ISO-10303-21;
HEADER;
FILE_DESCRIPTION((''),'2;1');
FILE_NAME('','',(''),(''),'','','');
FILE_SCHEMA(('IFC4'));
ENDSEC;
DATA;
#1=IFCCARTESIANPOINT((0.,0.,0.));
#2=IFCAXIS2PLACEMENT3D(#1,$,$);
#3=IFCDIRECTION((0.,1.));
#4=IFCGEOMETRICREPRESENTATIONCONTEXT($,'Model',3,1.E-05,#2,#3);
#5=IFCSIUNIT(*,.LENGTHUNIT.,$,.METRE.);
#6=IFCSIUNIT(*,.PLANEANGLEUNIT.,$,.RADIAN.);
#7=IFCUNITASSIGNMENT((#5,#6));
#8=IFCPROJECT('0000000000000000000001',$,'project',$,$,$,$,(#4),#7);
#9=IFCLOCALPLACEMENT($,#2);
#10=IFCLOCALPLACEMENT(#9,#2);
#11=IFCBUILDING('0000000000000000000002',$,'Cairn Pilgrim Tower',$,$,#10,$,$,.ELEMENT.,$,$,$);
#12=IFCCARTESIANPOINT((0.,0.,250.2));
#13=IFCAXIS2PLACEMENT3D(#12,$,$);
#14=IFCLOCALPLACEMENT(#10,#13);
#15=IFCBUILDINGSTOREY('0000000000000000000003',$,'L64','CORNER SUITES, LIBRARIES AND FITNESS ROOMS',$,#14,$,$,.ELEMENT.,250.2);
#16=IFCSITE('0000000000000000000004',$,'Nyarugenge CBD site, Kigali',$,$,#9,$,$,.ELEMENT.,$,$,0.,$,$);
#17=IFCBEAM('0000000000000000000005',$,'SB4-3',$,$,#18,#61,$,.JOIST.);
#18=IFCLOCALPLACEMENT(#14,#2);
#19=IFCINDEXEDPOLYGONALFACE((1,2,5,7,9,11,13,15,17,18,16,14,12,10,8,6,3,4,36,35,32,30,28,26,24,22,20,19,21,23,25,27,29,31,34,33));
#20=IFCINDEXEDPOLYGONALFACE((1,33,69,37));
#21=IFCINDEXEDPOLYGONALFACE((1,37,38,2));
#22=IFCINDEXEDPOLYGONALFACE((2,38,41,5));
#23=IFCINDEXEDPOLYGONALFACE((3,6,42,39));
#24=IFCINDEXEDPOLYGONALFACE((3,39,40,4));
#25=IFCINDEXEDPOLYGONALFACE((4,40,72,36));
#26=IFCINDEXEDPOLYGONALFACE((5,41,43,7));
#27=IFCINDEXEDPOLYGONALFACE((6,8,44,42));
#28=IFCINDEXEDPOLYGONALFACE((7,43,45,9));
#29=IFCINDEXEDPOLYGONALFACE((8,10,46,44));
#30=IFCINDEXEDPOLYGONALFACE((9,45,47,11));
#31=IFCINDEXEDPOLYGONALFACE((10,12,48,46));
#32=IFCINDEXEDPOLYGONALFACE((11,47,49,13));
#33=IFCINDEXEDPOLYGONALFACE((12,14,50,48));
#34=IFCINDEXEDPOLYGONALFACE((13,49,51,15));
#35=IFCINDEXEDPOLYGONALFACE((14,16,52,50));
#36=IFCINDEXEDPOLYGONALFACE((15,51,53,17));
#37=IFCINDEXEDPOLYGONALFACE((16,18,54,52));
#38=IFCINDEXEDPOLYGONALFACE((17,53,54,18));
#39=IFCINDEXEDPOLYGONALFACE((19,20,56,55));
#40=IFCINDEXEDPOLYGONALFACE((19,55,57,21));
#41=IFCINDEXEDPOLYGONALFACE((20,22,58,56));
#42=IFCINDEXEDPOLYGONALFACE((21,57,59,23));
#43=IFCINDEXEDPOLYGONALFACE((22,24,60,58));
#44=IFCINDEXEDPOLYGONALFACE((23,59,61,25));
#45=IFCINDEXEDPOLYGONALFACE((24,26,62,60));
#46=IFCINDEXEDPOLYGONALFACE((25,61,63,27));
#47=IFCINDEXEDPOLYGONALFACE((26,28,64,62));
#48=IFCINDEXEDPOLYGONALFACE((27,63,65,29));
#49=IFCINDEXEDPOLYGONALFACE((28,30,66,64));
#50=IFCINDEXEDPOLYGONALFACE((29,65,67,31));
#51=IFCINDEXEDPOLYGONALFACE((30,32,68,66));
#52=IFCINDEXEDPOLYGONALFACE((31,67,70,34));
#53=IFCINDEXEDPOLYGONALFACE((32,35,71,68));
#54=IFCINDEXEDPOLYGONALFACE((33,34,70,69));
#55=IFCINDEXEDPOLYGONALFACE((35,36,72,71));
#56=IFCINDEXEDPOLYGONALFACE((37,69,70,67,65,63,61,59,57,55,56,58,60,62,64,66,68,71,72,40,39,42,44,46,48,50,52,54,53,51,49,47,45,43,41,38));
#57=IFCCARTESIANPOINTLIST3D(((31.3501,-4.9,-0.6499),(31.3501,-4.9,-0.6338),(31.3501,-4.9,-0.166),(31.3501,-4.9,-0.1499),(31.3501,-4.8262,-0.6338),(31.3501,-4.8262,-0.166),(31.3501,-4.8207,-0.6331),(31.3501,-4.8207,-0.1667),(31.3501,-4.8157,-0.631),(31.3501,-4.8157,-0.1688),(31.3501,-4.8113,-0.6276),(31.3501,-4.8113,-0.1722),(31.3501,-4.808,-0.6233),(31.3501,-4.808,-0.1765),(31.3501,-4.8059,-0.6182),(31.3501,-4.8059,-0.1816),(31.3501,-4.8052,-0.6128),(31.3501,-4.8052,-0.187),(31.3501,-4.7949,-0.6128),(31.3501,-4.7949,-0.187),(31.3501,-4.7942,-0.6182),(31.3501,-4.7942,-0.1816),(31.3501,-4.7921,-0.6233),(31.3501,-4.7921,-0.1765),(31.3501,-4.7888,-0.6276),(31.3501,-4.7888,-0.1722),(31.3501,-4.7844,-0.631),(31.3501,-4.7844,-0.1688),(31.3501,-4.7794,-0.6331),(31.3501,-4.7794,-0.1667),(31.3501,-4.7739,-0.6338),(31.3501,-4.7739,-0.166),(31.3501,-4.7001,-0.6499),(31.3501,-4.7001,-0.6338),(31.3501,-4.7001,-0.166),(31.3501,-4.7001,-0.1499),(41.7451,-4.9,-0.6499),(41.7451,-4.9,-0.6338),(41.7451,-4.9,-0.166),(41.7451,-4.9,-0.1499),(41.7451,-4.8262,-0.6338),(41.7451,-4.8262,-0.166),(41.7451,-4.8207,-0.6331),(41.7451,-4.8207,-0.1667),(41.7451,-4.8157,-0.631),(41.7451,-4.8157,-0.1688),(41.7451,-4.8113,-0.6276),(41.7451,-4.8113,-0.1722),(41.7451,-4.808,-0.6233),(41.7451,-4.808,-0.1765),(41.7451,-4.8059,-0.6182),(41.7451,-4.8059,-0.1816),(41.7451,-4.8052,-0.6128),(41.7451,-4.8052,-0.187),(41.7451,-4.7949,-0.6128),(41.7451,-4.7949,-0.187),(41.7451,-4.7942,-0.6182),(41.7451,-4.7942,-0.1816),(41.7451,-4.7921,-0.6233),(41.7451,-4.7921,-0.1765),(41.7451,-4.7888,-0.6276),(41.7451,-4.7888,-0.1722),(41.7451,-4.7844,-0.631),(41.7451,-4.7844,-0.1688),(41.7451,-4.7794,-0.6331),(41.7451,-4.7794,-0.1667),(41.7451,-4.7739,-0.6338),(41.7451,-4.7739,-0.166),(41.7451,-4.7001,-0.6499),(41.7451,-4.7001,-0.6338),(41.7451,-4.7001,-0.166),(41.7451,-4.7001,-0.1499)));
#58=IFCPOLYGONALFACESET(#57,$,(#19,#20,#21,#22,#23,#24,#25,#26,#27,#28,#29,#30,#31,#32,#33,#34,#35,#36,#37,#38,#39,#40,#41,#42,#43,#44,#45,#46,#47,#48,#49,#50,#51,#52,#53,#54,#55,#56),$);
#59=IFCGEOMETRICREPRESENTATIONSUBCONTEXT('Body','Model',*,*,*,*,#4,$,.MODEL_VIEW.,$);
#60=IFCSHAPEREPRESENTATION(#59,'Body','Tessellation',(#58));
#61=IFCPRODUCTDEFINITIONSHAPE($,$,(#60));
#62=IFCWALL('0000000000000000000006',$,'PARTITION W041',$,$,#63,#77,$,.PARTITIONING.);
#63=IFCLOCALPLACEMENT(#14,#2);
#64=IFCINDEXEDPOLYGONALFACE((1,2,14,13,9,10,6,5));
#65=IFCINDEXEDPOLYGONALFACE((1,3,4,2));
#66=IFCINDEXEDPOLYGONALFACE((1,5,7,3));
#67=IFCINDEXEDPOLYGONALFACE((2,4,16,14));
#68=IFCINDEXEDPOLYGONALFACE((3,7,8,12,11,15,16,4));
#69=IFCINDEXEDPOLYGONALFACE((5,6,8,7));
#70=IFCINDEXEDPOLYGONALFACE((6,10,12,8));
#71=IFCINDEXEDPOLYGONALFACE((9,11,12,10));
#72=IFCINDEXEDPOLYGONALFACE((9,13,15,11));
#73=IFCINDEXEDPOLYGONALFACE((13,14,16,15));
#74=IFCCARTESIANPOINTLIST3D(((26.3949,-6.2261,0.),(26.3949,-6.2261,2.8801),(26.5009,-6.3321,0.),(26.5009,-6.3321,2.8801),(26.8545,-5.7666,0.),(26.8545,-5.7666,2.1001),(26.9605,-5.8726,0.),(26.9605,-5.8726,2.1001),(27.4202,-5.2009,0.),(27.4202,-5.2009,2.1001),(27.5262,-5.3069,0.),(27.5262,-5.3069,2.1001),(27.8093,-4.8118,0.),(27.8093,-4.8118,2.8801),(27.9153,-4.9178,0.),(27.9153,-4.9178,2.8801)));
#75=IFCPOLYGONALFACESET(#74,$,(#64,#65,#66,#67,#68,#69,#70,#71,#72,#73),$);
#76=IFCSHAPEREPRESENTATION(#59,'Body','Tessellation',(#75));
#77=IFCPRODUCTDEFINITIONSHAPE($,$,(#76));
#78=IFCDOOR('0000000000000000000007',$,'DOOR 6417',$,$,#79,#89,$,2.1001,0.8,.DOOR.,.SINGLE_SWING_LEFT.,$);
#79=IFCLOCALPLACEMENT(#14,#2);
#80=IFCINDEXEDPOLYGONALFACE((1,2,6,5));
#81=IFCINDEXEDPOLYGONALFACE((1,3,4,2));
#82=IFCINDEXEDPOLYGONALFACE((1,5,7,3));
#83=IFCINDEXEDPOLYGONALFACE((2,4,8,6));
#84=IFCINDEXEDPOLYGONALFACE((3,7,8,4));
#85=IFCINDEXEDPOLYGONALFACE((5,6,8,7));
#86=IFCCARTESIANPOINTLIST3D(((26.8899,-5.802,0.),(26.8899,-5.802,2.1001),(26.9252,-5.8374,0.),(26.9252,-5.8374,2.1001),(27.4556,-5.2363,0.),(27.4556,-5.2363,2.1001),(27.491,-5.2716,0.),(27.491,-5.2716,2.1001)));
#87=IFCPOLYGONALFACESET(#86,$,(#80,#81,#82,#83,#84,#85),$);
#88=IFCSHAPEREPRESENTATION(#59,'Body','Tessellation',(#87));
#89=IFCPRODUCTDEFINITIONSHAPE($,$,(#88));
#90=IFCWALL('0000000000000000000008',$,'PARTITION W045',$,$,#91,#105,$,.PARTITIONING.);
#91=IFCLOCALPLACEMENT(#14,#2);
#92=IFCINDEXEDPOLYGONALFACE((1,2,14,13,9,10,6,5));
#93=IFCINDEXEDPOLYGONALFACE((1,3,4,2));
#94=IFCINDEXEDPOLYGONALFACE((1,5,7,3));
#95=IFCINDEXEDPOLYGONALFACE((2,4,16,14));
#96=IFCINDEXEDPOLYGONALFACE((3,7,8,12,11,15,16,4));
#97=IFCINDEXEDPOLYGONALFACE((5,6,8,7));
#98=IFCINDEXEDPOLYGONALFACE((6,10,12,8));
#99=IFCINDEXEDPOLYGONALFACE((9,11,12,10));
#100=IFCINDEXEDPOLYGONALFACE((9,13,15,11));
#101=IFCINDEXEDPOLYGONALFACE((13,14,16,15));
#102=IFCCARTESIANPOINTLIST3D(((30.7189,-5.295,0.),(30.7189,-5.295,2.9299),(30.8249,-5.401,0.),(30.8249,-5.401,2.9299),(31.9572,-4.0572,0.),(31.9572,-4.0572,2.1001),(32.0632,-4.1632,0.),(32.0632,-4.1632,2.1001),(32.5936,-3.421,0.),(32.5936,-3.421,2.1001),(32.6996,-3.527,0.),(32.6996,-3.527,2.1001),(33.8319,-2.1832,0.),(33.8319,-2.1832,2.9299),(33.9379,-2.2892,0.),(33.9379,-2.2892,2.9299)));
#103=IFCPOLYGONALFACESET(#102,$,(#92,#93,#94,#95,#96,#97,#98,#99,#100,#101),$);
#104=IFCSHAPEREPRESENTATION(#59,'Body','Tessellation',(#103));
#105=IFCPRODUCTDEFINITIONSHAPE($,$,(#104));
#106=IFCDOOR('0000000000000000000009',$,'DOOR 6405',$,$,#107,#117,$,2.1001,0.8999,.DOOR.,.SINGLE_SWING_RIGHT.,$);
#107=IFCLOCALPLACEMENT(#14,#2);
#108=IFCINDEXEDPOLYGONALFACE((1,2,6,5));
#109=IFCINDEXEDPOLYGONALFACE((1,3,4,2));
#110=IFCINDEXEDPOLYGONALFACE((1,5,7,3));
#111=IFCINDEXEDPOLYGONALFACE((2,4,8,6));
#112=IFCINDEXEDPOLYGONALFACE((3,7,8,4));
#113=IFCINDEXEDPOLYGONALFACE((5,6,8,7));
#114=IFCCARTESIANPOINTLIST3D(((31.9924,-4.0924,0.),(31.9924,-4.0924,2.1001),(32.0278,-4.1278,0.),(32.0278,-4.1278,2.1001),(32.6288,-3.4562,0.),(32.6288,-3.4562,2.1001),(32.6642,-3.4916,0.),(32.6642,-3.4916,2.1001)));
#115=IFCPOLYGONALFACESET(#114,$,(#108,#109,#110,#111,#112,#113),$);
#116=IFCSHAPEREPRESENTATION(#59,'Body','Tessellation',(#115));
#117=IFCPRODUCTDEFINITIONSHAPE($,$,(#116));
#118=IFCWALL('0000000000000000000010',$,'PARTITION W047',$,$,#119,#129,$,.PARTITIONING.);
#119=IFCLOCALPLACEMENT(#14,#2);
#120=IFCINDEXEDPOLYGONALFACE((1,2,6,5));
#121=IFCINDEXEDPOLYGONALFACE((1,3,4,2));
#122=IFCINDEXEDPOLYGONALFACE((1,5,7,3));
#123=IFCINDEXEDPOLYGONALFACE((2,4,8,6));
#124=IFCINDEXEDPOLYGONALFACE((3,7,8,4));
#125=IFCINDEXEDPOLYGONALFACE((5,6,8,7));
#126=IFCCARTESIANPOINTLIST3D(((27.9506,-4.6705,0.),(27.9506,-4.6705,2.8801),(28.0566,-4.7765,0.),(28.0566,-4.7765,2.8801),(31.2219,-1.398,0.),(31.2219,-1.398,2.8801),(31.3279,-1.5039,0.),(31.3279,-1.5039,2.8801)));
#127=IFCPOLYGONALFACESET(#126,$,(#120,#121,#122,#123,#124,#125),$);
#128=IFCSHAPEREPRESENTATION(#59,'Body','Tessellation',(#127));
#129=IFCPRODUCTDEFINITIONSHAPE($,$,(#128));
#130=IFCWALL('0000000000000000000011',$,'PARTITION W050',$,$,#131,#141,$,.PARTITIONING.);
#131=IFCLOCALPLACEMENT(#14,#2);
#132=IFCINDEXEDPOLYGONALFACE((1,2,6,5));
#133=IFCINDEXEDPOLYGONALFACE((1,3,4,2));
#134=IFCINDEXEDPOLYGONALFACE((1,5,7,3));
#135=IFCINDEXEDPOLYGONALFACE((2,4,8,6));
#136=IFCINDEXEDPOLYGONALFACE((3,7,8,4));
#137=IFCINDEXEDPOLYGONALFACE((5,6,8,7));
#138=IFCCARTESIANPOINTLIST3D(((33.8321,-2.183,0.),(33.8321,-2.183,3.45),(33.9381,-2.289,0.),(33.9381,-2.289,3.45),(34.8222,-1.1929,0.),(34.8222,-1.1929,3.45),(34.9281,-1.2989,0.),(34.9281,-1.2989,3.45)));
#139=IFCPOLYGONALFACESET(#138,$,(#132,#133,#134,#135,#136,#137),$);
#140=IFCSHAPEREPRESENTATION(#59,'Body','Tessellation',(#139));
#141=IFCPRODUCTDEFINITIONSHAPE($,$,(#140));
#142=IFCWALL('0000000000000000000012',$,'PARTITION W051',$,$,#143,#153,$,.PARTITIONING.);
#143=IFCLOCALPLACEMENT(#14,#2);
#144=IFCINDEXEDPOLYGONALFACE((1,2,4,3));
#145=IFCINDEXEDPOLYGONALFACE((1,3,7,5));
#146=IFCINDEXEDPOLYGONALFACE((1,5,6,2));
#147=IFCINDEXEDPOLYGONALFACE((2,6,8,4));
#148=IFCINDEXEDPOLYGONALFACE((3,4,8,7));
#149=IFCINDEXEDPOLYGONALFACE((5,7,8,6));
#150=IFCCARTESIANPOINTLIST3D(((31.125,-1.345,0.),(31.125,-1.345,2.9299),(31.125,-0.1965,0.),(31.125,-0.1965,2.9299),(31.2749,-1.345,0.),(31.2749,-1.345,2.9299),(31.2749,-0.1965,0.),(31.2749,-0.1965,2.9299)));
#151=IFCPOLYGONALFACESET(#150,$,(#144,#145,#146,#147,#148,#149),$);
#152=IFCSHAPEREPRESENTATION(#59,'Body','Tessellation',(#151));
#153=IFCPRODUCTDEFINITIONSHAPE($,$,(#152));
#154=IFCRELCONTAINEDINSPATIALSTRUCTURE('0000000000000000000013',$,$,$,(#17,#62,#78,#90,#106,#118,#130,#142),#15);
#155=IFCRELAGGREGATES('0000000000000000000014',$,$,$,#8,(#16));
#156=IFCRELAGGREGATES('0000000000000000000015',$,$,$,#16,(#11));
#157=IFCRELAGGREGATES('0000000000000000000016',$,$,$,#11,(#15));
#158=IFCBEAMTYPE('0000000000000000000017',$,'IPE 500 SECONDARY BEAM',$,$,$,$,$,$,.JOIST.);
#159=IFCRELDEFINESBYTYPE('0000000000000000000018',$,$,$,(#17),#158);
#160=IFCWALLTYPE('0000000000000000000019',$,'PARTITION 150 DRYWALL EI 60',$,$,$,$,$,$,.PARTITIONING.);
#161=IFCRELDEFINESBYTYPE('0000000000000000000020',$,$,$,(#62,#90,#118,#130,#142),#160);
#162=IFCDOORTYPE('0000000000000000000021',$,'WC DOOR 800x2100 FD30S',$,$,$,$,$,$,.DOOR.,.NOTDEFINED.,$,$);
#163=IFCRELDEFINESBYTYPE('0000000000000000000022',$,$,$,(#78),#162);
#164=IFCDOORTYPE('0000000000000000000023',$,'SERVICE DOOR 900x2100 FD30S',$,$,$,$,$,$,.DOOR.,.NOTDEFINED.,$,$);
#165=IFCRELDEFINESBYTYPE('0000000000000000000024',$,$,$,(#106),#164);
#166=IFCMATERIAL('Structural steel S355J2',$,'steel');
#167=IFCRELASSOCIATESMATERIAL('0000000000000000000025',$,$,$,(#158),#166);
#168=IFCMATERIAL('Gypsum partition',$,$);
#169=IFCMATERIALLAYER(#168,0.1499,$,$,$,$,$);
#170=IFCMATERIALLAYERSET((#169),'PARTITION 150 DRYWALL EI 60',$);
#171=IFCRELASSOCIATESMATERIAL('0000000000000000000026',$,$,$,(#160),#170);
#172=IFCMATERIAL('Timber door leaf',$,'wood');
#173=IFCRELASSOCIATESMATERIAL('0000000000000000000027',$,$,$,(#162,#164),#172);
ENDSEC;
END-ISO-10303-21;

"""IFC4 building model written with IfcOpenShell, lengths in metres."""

from ifc_helpers import new_model, si_unit, direction, frame, frame_2d, origin, origin_2d, place, context, subcontext, project, spatial, rectangle, i_section, extrude, material, layer, layer_set, material_profile, profile_set, type_object, element, fill, save


model = new_model("IFC4")

# Units and contexts
model_context = context("Model", 3, precision=1e-05, world=origin(), true_north=direction((0.0, 1.0)))
body_context = subcontext(model_context, "Body", "Model", "MODEL_VIEW")
ifc_project = project(units=[si_unit("LENGTHUNIT", "METRE"), si_unit("PLANEANGLEUNIT", "RADIAN")], contexts=[model_context])

# Site, building, storey
site_placement = place(None, origin())
site = spatial("IfcSite", under=ifc_project, at=site_placement, Name="Nyarugenge CBD site, Kigali", CompositionType="ELEMENT", RefElevation=0.0)
building_placement = place(site_placement, origin())
building = spatial("IfcBuilding", under=site, at=building_placement, Name="Cairn Pilgrim Tower", CompositionType="ELEMENT")
storey_placement = place(building_placement, frame((0.0, 0.0, 250.2)))
storey = spatial("IfcBuildingStorey", under=building, at=storey_placement, Name="L64", Description="CORNER SUITES, LIBRARIES AND FITNESS ROOMS", CompositionType="ELEMENT", Elevation=250.2)

# Shared definitions
ifc_material_1 = material(Name="Structural steel S355J2", Category="steel")

# Beam
ifc_material_profile_1 = material_profile(ifc_material_1, i_section(OverallWidth=0.2, OverallDepth=0.5, WebThickness=0.0103, FlangeThickness=0.0161, FilletRadius=0.021, at=origin_2d()), Name="IPE 500")
ifc_profile_set_1 = profile_set([ifc_material_profile_1], Name="Structural steel S355J2")
beam_type_1 = type_object("IfcBeamType", Name="IPE 500 SECONDARY BEAM", PredefinedType="JOIST", material=ifc_profile_set_1)
beam_1_placement = place(storey_placement, frame((31.3501, -4.8, -0.3999), z_axis=(1.0, 0.0, 0.0), x_axis=(0.0, 1.0, 0.0)))
element("IfcBeam", 1, at=beam_1_placement, inside=storey, type_object=beam_type_1, Name="SB4-3", PredefinedType="JOIST", context=body_context, shape_type="SweptSolid", body=[
    extrude(i_section(OverallWidth=0.2, OverallDepth=0.5, WebThickness=0.0103, FlangeThickness=0.0161, FilletRadius=0.021, at=origin_2d()), origin(), (0.0, 0.0, 1.0), 10.395),
])

# Walls, openings, doors
ifc_material_2 = material(Name="Gypsum partition")
ifc_layer_1 = layer(ifc_material_2, 0.1499)
ifc_layer_set_1 = layer_set([ifc_layer_1], Name="PARTITION 150 DRYWALL EI 60")
wall_type_1 = type_object("IfcWallType", Name="PARTITION 150 DRYWALL EI 60", PredefinedType="PARTITIONING", material=ifc_layer_set_1)
wall_1_placement = place(storey_placement, frame((26.448, -6.2791, 0.0), z_axis=(0.0, 0.0, 1.0), x_axis=(0.707107, 0.707107, 0.0)))
wall_1 = element("IfcWall", 2, at=wall_1_placement, inside=storey, type_object=wall_type_1, Name="PARTITION W041", PredefinedType="PARTITIONING", context=body_context, shape_type="SweptSolid", body=[
    extrude(rectangle(XDim=2.0002, YDim=0.1499, at=frame_2d((1.0, 0.0))), origin(), (0.0, 0.0, 1.0), 2.8801),
])
opening_1_placement = place(wall_1_placement, frame((0.6499, 0.0, 0.0)))
opening_1 = element("IfcOpeningElement", 3, at=opening_1_placement, cuts=wall_1, PredefinedType="OPENING", context=body_context, shape_type="SweptSolid", body=[
    extrude(rectangle(XDim=0.8, YDim=2.1001, at=frame_2d((0.3999, 1.05))), frame((0.0, 0.085, 0.0), z_axis=(0.0, -1.0, 0.0), x_axis=(1.0, 0.0, 0.0)), (0.0, 0.0, 1.0), 0.1699),
])
ifc_material_3 = material(Name="Timber door leaf", Category="wood")
door_type_1 = type_object("IfcDoorType", Name="WC DOOR 800x2100 FD30S", OperationType="NOTDEFINED", PredefinedType="DOOR", material=ifc_material_3)
door_1_placement = place(opening_1_placement, origin())
door_1 = element("IfcDoor", 4, at=door_1_placement, inside=storey, type_object=door_type_1, Name="DOOR 6417", OperationType="SINGLE_SWING_LEFT", OverallHeight=2.1001, OverallWidth=0.8, PredefinedType="DOOR", context=body_context, shape_type="SweptSolid", body=[
    extrude(rectangle(XDim=0.8, YDim=2.1001, at=frame_2d((0.3999, 1.05))), frame((0.0, 0.0249, 0.0), z_axis=(0.0, -1.0, 0.0), x_axis=(1.0, 0.0, 0.0)), (0.0, 0.0, 1.0), 0.05),
])
fill(opening_1, door_1)
wall_2_placement = place(storey_placement, frame((30.772, -5.3479, 0.0), z_axis=(0.0, 0.0, 1.0), x_axis=(0.707245, 0.706968, 0.0)))
wall_2 = element("IfcWall", 5, at=wall_2_placement, inside=storey, type_object=wall_type_1, Name="PARTITION W045", PredefinedType="PARTITIONING", context=body_context, shape_type="SweptSolid", body=[
    extrude(rectangle(XDim=4.4016, YDim=0.1499, at=frame_2d((2.2007, 0.0))), origin(), (0.0, 0.0, 1.0), 2.9299),
])
opening_2_placement = place(wall_2_placement, frame((1.7507, 0.0, 0.0)))
opening_2 = element("IfcOpeningElement", 6, at=opening_2_placement, cuts=wall_2, PredefinedType="OPENING", context=body_context, shape_type="SweptSolid", body=[
    extrude(rectangle(XDim=0.8999, YDim=2.1001, at=frame_2d((0.45, 1.05))), frame((0.0, 0.085, 0.0), z_axis=(0.0, -1.0, 0.0), x_axis=(1.0, 0.0, 0.0)), (0.0, 0.0, 1.0), 0.1699),
])
door_type_2 = type_object("IfcDoorType", Name="SERVICE DOOR 900x2100 FD30S", OperationType="NOTDEFINED", PredefinedType="DOOR", material=ifc_material_3)
door_2_placement = place(opening_2_placement, frame((0.8999, 0.0, 0.0), z_axis=(0.0, 0.0, 1.0), x_axis=(-1.0, 0.0, 0.0)))
door_2 = element("IfcDoor", 7, at=door_2_placement, inside=storey, type_object=door_type_2, Name="DOOR 6405", OperationType="SINGLE_SWING_RIGHT", OverallHeight=2.1001, OverallWidth=0.8999, PredefinedType="DOOR", context=body_context, shape_type="SweptSolid", body=[
    extrude(rectangle(XDim=0.8999, YDim=2.1001, at=frame_2d((0.45, 1.05))), frame((0.0, 0.0249, 0.0), z_axis=(0.0, -1.0, 0.0), x_axis=(1.0, 0.0, 0.0)), (0.0, 0.0, 1.0), 0.05),
])
fill(opening_2, door_2)

# Walls
wall_3_placement = place(storey_placement, frame((28.0037, -4.7234, 0.0), z_axis=(0.0, 0.0, 1.0), x_axis=(0.706975, 0.707239, 0.0)))
element("IfcWall", 8, at=wall_3_placement, inside=storey, type_object=wall_type_1, Name="PARTITION W047", PredefinedType="PARTITIONING", context=body_context, shape_type="SweptSolid", body=[
    extrude(rectangle(XDim=4.6272, YDim=0.1499, at=frame_2d((2.3135, 0.0))), origin(), (0.0, 0.0, 1.0), 2.8801),
])
wall_4_placement = place(storey_placement, frame((33.885, -2.2361, 0.0), z_axis=(0.0, 0.0, 1.0), x_axis=(0.707107, 0.707107, 0.0)))
element("IfcWall", 9, at=wall_4_placement, inside=storey, type_object=wall_type_1, Name="PARTITION W050", PredefinedType="PARTITIONING", context=body_context, shape_type="SweptSolid", body=[
    extrude(rectangle(XDim=1.4001, YDim=0.1499, at=frame_2d((0.7002, 0.0))), origin(), (0.0, 0.0, 1.0), 3.45),
])
wall_5_placement = place(storey_placement, frame((31.2, -1.345, 0.0), z_axis=(0.0, 0.0, 1.0), x_axis=(0.0, 1.0, 0.0)))
element("IfcWall", 10, at=wall_5_placement, inside=storey, type_object=wall_type_1, Name="PARTITION W051", PredefinedType="PARTITIONING", context=body_context, shape_type="SweptSolid", body=[
    extrude(rectangle(XDim=1.1484, YDim=0.1499, at=frame_2d((0.5742, 0.0))), origin(), (0.0, 0.0, 1.0), 2.9299),
])

save(model, "model.ifc")
